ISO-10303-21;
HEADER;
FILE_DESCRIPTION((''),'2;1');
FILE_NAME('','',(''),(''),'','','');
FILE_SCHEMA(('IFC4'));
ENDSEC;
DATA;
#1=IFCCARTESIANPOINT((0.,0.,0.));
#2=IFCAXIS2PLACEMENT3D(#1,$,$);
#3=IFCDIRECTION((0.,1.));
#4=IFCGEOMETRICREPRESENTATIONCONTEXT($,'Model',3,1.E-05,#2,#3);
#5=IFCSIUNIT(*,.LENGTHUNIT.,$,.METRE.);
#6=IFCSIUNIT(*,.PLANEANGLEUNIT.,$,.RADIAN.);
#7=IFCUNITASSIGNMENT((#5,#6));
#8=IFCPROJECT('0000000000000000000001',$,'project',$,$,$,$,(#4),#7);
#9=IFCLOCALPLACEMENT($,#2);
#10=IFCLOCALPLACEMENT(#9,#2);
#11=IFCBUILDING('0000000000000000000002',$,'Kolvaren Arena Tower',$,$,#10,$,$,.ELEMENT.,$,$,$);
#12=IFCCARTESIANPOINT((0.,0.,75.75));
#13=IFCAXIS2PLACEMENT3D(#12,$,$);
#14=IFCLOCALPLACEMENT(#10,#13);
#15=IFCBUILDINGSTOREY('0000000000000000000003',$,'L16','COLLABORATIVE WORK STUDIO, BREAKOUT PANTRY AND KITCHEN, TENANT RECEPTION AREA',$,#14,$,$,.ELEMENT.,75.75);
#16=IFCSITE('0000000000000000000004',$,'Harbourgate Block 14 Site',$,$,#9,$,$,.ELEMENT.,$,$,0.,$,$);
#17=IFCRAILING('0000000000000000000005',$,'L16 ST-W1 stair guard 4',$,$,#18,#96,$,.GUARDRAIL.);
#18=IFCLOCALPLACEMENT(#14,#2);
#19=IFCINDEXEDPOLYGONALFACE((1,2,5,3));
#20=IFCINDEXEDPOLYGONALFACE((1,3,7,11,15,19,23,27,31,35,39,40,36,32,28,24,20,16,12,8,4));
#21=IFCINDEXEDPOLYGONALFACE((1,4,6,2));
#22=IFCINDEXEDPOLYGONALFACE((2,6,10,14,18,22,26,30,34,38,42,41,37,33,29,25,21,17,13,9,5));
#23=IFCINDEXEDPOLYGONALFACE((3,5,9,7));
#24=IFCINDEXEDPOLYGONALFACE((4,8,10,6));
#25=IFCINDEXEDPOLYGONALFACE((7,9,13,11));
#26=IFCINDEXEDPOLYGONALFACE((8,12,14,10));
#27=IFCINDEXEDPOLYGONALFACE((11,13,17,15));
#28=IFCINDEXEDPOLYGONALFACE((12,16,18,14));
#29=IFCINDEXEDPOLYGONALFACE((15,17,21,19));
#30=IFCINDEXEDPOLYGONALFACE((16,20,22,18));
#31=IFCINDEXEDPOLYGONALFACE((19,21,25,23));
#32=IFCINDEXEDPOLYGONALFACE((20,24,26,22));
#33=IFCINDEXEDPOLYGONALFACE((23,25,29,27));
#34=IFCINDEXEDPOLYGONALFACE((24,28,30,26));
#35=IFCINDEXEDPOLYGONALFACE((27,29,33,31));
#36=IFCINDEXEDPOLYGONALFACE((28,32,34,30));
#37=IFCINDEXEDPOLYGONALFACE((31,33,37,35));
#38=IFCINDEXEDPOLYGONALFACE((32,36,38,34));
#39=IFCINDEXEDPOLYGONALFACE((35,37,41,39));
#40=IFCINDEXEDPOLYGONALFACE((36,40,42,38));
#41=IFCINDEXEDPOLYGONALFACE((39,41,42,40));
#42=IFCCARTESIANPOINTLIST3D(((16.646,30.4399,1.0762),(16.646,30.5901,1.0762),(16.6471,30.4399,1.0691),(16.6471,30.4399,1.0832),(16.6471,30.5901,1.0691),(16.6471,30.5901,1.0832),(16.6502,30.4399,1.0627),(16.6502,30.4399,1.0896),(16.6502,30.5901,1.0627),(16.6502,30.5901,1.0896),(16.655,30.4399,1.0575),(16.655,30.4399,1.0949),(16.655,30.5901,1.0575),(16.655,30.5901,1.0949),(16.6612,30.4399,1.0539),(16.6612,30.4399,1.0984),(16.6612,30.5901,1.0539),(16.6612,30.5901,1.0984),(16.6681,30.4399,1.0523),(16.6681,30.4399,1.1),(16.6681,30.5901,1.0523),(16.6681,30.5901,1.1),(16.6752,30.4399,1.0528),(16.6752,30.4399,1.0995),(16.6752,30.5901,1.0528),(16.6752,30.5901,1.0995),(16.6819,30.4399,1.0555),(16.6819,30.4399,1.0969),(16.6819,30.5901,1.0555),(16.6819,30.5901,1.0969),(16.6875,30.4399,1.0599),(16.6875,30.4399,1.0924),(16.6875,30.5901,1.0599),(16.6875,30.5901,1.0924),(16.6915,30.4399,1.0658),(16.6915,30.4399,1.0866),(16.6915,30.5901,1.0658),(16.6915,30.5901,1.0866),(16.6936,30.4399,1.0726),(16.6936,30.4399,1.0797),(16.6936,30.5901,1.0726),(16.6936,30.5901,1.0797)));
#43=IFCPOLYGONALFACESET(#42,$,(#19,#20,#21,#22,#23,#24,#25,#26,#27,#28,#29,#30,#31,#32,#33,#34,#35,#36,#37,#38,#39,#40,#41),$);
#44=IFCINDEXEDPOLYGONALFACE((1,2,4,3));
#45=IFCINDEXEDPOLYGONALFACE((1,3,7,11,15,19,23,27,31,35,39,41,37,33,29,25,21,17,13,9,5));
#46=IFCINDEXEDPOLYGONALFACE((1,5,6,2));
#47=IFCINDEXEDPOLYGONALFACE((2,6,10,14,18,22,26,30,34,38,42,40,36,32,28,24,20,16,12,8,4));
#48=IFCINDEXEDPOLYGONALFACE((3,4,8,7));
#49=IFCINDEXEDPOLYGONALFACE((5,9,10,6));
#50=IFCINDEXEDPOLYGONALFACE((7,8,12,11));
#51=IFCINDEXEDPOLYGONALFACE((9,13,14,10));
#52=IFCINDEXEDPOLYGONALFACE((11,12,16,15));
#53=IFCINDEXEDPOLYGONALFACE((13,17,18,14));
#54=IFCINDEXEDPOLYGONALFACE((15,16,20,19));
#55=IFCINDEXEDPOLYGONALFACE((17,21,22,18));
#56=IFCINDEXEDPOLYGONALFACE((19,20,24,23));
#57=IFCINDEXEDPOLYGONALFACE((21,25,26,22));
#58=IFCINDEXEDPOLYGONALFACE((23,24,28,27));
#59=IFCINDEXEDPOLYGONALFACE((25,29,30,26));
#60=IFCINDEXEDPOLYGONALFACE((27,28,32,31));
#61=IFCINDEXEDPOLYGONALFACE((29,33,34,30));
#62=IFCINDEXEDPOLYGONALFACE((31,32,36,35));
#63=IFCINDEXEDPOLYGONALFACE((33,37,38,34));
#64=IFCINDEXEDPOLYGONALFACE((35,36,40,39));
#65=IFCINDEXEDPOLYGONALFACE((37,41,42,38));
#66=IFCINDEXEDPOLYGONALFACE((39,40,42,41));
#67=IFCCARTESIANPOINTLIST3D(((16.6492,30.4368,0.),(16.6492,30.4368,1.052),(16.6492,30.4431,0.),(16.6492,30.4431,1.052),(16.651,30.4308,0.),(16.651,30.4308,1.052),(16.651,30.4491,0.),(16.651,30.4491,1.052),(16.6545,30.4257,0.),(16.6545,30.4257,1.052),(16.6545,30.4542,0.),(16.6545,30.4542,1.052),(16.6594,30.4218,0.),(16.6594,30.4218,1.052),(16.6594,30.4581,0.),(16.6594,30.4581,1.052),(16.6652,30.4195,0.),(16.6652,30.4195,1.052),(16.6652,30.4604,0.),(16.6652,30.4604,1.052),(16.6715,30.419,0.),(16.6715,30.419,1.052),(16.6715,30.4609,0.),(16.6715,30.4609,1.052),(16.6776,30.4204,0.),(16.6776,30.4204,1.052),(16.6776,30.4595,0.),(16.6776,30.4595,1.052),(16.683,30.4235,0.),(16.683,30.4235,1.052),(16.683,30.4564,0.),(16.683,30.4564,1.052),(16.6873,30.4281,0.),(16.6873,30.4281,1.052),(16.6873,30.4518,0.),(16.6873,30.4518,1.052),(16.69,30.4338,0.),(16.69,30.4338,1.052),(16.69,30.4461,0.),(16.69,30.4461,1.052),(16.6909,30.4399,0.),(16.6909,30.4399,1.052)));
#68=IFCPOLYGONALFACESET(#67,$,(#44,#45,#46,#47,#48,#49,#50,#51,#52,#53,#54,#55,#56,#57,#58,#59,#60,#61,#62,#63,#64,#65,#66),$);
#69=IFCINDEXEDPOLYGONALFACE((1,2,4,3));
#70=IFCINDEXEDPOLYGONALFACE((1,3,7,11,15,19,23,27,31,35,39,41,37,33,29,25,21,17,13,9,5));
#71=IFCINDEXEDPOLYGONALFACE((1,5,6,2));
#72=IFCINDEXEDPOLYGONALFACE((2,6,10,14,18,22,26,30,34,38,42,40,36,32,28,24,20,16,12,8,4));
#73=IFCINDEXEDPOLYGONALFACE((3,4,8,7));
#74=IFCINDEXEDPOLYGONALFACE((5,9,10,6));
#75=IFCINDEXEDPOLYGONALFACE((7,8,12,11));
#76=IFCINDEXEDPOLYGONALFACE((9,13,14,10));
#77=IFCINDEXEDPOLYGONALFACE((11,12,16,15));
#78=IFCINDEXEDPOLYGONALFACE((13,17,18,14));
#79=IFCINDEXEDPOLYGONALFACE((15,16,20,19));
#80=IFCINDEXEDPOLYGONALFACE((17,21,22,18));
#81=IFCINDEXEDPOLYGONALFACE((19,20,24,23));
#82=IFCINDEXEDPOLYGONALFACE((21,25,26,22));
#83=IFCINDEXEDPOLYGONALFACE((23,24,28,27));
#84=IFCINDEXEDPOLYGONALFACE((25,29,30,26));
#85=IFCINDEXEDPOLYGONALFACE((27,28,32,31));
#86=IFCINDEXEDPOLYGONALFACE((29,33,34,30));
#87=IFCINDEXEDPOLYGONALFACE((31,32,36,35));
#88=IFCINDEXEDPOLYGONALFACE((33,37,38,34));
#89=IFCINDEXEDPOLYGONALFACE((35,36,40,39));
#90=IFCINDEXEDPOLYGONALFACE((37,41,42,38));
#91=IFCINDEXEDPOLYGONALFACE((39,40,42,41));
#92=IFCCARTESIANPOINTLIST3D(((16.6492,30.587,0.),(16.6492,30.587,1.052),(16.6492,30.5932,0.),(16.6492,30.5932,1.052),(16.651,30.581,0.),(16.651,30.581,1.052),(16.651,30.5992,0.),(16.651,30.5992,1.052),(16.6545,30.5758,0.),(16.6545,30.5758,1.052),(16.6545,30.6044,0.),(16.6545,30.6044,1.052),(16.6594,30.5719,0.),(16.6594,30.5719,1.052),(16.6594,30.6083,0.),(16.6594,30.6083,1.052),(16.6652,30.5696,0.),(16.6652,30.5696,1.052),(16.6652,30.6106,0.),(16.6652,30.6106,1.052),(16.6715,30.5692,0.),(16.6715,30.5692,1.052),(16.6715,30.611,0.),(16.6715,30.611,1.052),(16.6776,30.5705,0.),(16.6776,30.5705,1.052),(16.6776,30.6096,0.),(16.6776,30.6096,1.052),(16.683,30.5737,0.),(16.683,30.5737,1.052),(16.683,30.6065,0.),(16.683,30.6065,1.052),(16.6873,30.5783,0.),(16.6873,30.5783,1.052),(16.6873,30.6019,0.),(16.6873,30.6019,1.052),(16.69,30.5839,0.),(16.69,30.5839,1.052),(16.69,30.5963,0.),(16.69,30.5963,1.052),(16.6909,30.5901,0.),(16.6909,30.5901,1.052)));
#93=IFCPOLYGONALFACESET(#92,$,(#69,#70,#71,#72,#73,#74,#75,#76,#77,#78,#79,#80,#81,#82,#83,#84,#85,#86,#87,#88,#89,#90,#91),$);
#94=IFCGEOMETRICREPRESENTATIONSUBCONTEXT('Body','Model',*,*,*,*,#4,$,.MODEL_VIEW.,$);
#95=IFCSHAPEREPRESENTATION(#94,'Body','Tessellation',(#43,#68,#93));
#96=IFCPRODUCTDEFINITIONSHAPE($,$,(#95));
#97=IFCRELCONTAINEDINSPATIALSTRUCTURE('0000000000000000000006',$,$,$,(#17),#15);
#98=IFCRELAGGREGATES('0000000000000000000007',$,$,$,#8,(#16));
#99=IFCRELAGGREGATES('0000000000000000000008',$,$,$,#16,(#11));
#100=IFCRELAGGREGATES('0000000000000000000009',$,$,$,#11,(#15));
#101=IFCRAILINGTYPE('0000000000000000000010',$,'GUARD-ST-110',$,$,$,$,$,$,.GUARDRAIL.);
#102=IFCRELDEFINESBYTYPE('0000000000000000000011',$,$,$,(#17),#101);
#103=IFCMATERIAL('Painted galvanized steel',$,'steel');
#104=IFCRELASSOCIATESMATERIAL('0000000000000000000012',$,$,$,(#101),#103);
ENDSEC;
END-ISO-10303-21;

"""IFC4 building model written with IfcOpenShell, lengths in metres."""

from ifc_helpers import new_model, si_unit, direction, frame, origin, origin_2d, place, context, subcontext, project, spatial, circle, extrude, material, type_object, element, save


model = new_model("IFC4")

# Units and contexts
model_context = context("Model", 3, precision=1e-05, world=origin(), true_north=direction((0.0, 1.0)))
body_context = subcontext(model_context, "Body", "Model", "MODEL_VIEW")
ifc_project = project(units=[si_unit("LENGTHUNIT", "METRE"), si_unit("PLANEANGLEUNIT", "RADIAN")], contexts=[model_context])

# Site, building, storey
site_placement = place(None, origin())
site = spatial("IfcSite", under=ifc_project, at=site_placement, Name="Harbourgate Block 14 Site", CompositionType="ELEMENT", RefElevation=0.0)
building_placement = place(site_placement, origin())
building = spatial("IfcBuilding", under=site, at=building_placement, Name="Kolvaren Arena Tower", CompositionType="ELEMENT")
storey_placement = place(building_placement, frame((0.0, 0.0, 75.75)))
storey = spatial("IfcBuildingStorey", under=building, at=storey_placement, Name="L16", Description="COLLABORATIVE WORK STUDIO, BREAKOUT PANTRY AND KITCHEN, TENANT RECEPTION AREA", CompositionType="ELEMENT", Elevation=75.75)

# Railing
ifc_material_1 = material(Name="Painted galvanized steel", Category="steel")
railing_type_1 = type_object("IfcRailingType", Name="GUARD-ST-110", PredefinedType="GUARDRAIL", material=ifc_material_1)
railing_1_placement = place(storey_placement, frame((16.6699, 30.4399, 0.0)))
element("IfcRailing", 1, at=railing_1_placement, inside=storey, type_object=railing_type_1, Name="L16 ST-W1 stair guard 4", PredefinedType="GUARDRAIL", context=body_context, shape_type="SweptSolid", body=[
    extrude(circle(Radius=0.0239, at=origin_2d()), frame((0.0, 0.0, 1.0762), z_axis=(0.0, 1.0, 0.0), x_axis=(-1.0, 0.0, 0.0)), (0.0, 0.0, 1.0), 0.1501),
    extrude(circle(Radius=0.021, at=origin_2d()), origin(), (0.0, 0.0, 1.0), 1.052),
    extrude(circle(Radius=0.021, at=origin_2d()), frame((0.0, 0.1501, 0.0)), (0.0, 0.0, 1.0), 1.052),
])

save(model, "model.ifc")
